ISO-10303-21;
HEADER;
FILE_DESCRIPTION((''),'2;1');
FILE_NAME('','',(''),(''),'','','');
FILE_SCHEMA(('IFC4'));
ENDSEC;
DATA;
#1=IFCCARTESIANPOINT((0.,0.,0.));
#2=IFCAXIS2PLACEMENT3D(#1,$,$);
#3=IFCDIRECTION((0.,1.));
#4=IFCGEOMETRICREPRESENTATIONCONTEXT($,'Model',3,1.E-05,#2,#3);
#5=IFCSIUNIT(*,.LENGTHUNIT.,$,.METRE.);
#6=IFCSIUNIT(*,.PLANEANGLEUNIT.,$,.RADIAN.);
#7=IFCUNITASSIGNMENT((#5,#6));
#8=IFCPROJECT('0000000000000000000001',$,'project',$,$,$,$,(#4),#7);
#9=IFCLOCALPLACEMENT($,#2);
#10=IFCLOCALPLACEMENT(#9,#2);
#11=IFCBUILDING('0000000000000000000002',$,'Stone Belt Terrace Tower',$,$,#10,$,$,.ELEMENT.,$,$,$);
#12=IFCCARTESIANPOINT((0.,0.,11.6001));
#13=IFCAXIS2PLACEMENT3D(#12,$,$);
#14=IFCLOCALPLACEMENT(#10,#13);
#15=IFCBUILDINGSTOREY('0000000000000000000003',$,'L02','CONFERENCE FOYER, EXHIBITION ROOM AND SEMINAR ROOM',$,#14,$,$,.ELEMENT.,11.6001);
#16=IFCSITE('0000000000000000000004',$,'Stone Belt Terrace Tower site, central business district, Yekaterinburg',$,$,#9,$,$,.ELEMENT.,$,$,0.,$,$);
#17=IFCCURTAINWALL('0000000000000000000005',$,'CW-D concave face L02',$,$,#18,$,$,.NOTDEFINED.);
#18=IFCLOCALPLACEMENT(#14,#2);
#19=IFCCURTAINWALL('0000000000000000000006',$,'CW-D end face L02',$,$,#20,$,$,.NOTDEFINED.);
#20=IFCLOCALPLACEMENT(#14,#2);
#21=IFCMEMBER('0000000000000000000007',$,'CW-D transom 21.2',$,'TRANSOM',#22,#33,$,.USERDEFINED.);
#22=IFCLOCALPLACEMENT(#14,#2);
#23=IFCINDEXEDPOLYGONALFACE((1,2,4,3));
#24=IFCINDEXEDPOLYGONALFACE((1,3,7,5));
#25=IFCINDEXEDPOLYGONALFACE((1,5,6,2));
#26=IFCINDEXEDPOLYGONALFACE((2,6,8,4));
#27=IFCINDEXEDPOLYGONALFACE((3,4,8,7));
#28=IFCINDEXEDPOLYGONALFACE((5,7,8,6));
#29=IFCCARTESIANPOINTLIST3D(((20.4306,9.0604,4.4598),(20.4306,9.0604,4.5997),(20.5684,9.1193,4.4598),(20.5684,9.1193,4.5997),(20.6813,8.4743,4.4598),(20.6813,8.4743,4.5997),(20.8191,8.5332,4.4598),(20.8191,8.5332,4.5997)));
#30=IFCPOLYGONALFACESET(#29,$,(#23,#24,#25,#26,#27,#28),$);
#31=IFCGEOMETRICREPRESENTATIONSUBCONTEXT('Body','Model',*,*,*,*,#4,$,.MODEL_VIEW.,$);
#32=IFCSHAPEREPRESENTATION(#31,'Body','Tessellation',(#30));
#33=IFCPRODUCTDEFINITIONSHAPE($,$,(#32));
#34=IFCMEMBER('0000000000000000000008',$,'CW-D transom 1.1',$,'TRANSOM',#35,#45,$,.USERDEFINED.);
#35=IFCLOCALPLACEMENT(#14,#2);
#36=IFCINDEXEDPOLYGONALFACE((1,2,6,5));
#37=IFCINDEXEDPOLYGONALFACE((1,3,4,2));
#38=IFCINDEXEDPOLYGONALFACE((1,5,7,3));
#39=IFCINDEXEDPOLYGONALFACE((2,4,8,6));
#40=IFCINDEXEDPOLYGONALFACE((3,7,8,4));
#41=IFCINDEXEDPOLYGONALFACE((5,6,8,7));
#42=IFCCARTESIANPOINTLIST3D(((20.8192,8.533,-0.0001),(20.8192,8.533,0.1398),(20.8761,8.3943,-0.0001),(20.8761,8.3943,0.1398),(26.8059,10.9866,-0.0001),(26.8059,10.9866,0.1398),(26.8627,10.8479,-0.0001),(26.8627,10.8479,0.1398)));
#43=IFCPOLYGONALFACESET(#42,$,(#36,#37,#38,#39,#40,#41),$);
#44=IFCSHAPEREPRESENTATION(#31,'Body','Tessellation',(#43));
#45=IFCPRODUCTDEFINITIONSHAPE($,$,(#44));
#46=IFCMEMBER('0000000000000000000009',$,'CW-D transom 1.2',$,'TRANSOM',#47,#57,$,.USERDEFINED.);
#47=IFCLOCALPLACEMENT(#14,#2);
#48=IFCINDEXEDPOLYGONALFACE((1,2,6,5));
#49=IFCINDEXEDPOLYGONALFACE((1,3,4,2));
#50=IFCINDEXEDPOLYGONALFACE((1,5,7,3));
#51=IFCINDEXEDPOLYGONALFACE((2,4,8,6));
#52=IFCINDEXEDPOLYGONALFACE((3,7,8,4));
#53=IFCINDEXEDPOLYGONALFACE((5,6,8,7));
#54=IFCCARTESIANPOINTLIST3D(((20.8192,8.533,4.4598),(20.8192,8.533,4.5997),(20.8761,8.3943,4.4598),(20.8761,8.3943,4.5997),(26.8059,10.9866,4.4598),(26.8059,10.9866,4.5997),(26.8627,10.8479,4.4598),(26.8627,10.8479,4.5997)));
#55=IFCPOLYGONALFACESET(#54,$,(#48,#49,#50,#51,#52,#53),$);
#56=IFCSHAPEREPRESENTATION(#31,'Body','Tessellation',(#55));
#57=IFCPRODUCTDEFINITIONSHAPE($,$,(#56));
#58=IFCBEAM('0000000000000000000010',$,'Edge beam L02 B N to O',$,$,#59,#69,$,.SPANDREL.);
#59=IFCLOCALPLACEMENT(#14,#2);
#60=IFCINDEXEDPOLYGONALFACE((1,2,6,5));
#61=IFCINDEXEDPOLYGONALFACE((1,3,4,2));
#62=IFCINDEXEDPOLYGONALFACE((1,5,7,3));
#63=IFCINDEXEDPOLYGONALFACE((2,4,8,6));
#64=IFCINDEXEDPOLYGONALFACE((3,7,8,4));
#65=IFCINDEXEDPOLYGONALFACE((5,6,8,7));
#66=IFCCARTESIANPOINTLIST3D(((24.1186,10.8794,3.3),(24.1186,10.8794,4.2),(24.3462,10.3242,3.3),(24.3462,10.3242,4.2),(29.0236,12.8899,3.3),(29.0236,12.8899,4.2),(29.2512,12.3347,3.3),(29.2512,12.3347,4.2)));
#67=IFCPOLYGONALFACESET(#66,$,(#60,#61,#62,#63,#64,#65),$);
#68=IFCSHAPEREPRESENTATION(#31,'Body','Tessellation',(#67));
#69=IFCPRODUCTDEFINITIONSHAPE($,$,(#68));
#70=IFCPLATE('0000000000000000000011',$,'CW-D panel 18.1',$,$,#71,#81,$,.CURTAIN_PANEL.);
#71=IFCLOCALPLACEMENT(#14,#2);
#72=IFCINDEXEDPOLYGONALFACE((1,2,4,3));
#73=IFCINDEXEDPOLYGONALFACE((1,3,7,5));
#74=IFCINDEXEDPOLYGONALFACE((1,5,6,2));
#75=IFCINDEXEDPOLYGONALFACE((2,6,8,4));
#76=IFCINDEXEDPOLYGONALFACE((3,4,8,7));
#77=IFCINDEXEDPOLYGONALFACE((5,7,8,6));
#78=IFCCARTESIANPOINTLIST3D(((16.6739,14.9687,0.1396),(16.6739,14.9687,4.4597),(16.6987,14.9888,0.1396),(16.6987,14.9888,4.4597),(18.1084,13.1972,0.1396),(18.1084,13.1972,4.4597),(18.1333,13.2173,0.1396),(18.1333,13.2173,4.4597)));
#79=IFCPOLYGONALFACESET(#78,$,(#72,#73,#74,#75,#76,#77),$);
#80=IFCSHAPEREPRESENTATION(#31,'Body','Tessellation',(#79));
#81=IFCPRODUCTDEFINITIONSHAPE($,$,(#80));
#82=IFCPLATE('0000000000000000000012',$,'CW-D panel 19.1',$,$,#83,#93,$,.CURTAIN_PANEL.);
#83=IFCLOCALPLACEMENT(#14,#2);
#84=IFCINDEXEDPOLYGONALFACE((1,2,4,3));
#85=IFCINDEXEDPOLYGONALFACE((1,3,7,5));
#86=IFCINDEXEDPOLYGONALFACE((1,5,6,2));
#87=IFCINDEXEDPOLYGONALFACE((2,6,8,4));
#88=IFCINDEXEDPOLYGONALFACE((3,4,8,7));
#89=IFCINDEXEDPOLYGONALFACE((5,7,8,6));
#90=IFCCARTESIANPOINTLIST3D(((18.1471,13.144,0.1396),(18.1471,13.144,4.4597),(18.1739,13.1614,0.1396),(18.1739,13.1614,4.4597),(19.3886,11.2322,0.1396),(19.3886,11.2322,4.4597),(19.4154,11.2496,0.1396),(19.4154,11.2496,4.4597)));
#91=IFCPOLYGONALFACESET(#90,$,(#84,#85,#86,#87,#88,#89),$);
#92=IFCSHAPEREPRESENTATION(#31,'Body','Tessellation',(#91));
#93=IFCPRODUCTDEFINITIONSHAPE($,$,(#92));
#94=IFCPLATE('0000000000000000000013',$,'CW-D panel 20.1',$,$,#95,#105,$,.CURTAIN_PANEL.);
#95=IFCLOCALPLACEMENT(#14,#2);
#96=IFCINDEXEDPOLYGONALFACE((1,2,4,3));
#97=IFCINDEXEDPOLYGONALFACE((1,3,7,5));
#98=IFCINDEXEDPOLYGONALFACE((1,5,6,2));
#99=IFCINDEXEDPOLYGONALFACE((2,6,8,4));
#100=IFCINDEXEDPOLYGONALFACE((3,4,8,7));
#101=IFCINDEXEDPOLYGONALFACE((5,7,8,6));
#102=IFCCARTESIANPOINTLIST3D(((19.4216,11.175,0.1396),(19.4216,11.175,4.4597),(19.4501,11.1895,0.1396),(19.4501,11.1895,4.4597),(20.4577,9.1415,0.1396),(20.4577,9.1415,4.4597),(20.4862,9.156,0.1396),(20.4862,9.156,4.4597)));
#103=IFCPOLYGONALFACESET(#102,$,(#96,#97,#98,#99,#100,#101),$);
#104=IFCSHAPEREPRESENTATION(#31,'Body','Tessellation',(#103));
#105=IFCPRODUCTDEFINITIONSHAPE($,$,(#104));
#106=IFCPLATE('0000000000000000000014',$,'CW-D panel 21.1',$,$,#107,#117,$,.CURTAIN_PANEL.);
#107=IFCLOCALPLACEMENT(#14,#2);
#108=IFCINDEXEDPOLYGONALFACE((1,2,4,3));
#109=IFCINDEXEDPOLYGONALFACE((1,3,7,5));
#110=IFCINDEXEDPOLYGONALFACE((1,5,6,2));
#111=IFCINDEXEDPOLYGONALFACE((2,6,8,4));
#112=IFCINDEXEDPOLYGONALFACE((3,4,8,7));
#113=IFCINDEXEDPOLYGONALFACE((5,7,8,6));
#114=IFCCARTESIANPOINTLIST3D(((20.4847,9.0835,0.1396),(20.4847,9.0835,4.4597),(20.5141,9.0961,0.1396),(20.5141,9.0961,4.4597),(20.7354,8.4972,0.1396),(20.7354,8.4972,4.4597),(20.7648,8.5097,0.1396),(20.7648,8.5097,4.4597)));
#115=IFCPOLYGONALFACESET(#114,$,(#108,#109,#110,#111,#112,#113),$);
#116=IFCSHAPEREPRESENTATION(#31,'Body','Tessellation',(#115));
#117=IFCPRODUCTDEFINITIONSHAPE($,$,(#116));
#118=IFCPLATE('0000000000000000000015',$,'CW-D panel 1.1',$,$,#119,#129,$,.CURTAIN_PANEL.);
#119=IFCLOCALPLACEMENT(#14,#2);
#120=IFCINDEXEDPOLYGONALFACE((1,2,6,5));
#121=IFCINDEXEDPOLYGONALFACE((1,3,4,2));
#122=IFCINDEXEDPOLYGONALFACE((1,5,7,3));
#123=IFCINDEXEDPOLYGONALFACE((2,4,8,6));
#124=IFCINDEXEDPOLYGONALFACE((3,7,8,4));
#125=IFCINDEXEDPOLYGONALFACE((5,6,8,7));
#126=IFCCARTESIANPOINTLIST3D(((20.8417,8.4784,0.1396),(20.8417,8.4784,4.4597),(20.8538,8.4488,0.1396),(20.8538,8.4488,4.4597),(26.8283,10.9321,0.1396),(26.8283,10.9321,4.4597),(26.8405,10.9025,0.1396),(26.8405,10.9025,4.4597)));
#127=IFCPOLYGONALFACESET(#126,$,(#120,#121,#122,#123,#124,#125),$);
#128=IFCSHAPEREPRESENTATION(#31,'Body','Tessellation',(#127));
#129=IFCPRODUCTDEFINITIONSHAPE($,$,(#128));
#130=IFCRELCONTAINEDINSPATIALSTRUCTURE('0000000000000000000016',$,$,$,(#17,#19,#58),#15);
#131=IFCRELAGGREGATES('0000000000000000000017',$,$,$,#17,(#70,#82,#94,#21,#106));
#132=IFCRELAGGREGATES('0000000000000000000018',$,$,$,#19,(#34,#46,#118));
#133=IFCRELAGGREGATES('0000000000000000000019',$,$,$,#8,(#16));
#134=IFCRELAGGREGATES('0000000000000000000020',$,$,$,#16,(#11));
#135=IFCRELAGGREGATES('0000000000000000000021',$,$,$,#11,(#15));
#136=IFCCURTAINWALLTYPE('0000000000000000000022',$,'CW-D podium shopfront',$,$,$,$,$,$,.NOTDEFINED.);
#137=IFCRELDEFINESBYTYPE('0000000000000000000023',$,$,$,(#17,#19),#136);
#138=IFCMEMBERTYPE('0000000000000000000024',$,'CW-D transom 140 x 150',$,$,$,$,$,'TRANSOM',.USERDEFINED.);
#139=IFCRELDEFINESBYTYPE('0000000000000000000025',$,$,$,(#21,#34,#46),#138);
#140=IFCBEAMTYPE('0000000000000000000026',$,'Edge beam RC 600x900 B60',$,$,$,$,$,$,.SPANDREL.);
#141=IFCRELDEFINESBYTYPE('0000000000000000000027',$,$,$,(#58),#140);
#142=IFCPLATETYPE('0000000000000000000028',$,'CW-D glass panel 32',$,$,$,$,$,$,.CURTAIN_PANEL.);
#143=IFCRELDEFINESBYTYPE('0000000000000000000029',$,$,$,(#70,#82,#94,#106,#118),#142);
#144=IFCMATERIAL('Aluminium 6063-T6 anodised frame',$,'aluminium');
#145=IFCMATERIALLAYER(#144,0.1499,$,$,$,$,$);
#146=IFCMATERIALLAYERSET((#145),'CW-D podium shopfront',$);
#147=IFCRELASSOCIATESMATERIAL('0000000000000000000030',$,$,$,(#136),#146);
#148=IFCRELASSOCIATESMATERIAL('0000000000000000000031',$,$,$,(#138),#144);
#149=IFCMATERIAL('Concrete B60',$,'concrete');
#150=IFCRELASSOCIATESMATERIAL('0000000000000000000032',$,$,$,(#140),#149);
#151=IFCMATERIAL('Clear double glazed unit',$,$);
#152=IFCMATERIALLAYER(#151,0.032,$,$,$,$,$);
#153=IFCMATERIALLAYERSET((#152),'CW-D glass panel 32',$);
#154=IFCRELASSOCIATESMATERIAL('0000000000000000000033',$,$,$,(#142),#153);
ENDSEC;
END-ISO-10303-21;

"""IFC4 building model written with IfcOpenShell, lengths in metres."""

from ifc_helpers import new_model, si_unit, direction, frame, origin, origin_2d, place, context, subcontext, project, spatial, rectangle, extrude, material, layer, layer_set, material_profile, profile_set, type_object, element, aggregate, save


model = new_model("IFC4")

# Units and contexts
model_context = context("Model", 3, precision=1e-05, world=origin(), true_north=direction((0.0, 1.0)))
body_context = subcontext(model_context, "Body", "Model", "MODEL_VIEW")
ifc_project = project(units=[si_unit("LENGTHUNIT", "METRE"), si_unit("PLANEANGLEUNIT", "RADIAN")], contexts=[model_context])

# Site, building, storey
site_placement = place(None, origin())
site = spatial("IfcSite", under=ifc_project, at=site_placement, Name="Stone Belt Terrace Tower site, central business district, Yekaterinburg", CompositionType="ELEMENT", RefElevation=0.0)
building_placement = place(site_placement, origin())
building = spatial("IfcBuilding", under=site, at=building_placement, Name="Stone Belt Terrace Tower", CompositionType="ELEMENT")
storey_placement = place(building_placement, frame((0.0, 0.0, 11.6001)))
storey = spatial("IfcBuildingStorey", under=building, at=storey_placement, Name="L02", Description="CONFERENCE FOYER, EXHIBITION ROOM AND SEMINAR ROOM", CompositionType="ELEMENT", Elevation=11.6001)

# Shared definitions
ifc_material_1 = material(Name="Concrete B60", Category="concrete")

# Curtain wall
ifc_material_2 = material(Name="Aluminium 6063-T6 anodised frame", Category="aluminium")
ifc_layer_1 = layer(ifc_material_2, 0.1499)
ifc_layer_set_1 = layer_set([ifc_layer_1], Name="CW-D podium shopfront")
curtain_wall_type = type_object("IfcCurtainWallType", Name="CW-D podium shopfront", PredefinedType="NOTDEFINED", material=ifc_layer_set_1)
curtain_wall_1_placement = place(storey_placement, origin())
curtain_wall_1 = element("IfcCurtainWall", 1, at=curtain_wall_1_placement, inside=storey, type_object=curtain_wall_type, Name="CW-D concave face L02", PredefinedType="NOTDEFINED")

# Curtain wall
curtain_wall_2_placement = place(storey_placement, origin())
curtain_wall_2 = element("IfcCurtainWall", 2, at=curtain_wall_2_placement, inside=storey, type_object=curtain_wall_type, Name="CW-D end face L02", PredefinedType="NOTDEFINED")

# Members
ifc_material_profile_1 = material_profile(ifc_material_2, rectangle(XDim=0.1499, YDim=0.1399, at=origin_2d()), Name="Aluminium 6063-T6 150x140")
ifc_profile_set_1 = profile_set([ifc_material_profile_1], Name="Aluminium 6063-T6 anodised frame")
member_type_1 = type_object("IfcMemberType", Name="CW-D transom 140 x 150", ElementType="TRANSOM", PredefinedType="USERDEFINED", material=ifc_profile_set_1)
member_1_placement = place(storey_placement, frame((20.4995, 9.0898, 4.5298), z_axis=(0.393272, -0.919422, 0.0), x_axis=(0.919422, 0.393272, 0.0)))
member_1 = element("IfcMember", 3, at=member_1_placement, type_object=member_type_1, Name="CW-D transom 21.2", ObjectType="TRANSOM", PredefinedType="USERDEFINED", context=body_context, shape_type="SweptSolid", body=[
    extrude(rectangle(XDim=0.1499, YDim=0.1399, at=origin_2d()), origin(), (0.0, 0.0, 1.0), 0.6375),
])
member_2_placement = place(storey_placement, frame((20.8477, 8.4636, 0.0698), z_axis=(0.9253, 0.379237, 0.0), x_axis=(-0.379237, 0.9253, 0.0)))
member_2 = element("IfcMember", 4, at=member_2_placement, type_object=member_type_1, Name="CW-D transom 1.1", ObjectType="TRANSOM", PredefinedType="USERDEFINED", context=body_context, shape_type="SweptSolid", body=[
    extrude(rectangle(XDim=0.1499, YDim=0.1399, at=origin_2d()), origin(), (0.0, 0.0, 1.0), 6.47),
])
member_3_placement = place(storey_placement, frame((20.8477, 8.4636, 4.5298), z_axis=(0.9253, 0.379237, 0.0), x_axis=(-0.379237, 0.9253, 0.0)))
member_3 = element("IfcMember", 5, at=member_3_placement, type_object=member_type_1, Name="CW-D transom 1.2", ObjectType="TRANSOM", PredefinedType="USERDEFINED", context=body_context, shape_type="SweptSolid", body=[
    extrude(rectangle(XDim=0.1499, YDim=0.1399, at=origin_2d()), origin(), (0.0, 0.0, 1.0), 6.47),
])

# Beam
ifc_material_profile_2 = material_profile(ifc_material_1, rectangle(XDim=0.6001, YDim=0.8999, at=origin_2d()), Name="RC 600x900")
ifc_profile_set_2 = profile_set([ifc_material_profile_2], Name="Concrete B60")
beam_type = type_object("IfcBeamType", Name="Edge beam RC 600x900 B60", PredefinedType="SPANDREL", material=ifc_profile_set_2)
beam_placement = place(storey_placement, frame((24.2324, 10.6018, 3.75), z_axis=(0.925289, 0.379262, 0.0), x_axis=(-0.379262, 0.925289, 0.0)))
element("IfcBeam", 6, at=beam_placement, inside=storey, type_object=beam_type, Name="Edge beam L02 B N to O", PredefinedType="SPANDREL", context=body_context, shape_type="SweptSolid", body=[
    extrude(rectangle(XDim=0.6001, YDim=0.8999, at=origin_2d()), origin(), (0.0, 0.0, 1.0), 5.301),
])

# Plates
ifc_material_3 = material(Name="Clear double glazed unit")
ifc_layer_2 = layer(ifc_material_3, 0.032)
ifc_layer_set_2 = layer_set([ifc_layer_2], Name="CW-D glass panel 32")
plate_type = type_object("IfcPlateType", Name="CW-D glass panel 32", PredefinedType="CURTAIN_PANEL", material=ifc_layer_set_2)
plate_1_placement = place(storey_placement, frame((17.4036, 14.093, 0.1396), z_axis=(0.0, 0.0, 1.0), x_axis=(0.62932, -0.777146, 0.0)))
plate_1 = element("IfcPlate", 7, at=plate_1_placement, type_object=plate_type, Name="CW-D panel 18.1", PredefinedType="CURTAIN_PANEL", context=body_context, shape_type="SweptSolid", body=[
    extrude(rectangle(XDim=2.2795, YDim=0.032, at=origin_2d()), origin(), (0.0, 0.0, 1.0), 4.3201),
])
plate_2_placement = place(storey_placement, frame((18.7812, 12.1968, 0.1396), z_axis=(0.0, 0.0, 1.0), x_axis=(0.544639, -0.838671, 0.0)))
plate_2 = element("IfcPlate", 8, at=plate_2_placement, type_object=plate_type, Name="CW-D panel 19.1", PredefinedType="CURTAIN_PANEL", context=body_context, shape_type="SweptSolid", body=[
    extrude(rectangle(XDim=2.2795, YDim=0.032, at=origin_2d()), origin(), (0.0, 0.0, 1.0), 4.3201),
])
plate_3_placement = place(storey_placement, frame((19.9539, 10.1655, 0.1396), z_axis=(0.0, 0.0, 1.0), x_axis=(0.45399, -0.891007, 0.0)))
plate_3 = element("IfcPlate", 9, at=plate_3_placement, type_object=plate_type, Name="CW-D panel 20.1", PredefinedType="CURTAIN_PANEL", context=body_context, shape_type="SweptSolid", body=[
    extrude(rectangle(XDim=2.2822, YDim=0.032, at=origin_2d()), origin(), (0.0, 0.0, 1.0), 4.3201),
])
plate_4_placement = place(storey_placement, frame((20.6248, 8.7966, 0.1396), z_axis=(0.0, 0.0, 1.0), x_axis=(0.393034, -0.919524, 0.0)))
plate_4 = element("IfcPlate", 10, at=plate_4_placement, type_object=plate_type, Name="CW-D panel 21.1", PredefinedType="CURTAIN_PANEL", context=body_context, shape_type="SweptSolid", body=[
    extrude(rectangle(XDim=0.6377, YDim=0.032, at=origin_2d()), origin(), (0.0, 0.0, 1.0), 4.3201),
])
aggregate(curtain_wall_1, [plate_1, plate_2, plate_3, member_1, plate_4])
plate_5_placement = place(storey_placement, frame((23.8411, 9.6904, 0.1396), z_axis=(0.0, 0.0, 1.0), x_axis=(0.925297, 0.379243, 0.0)))
plate_5 = element("IfcPlate", 11, at=plate_5_placement, type_object=plate_type, Name="CW-D panel 1.1", PredefinedType="CURTAIN_PANEL", context=body_context, shape_type="SweptSolid", body=[
    extrude(rectangle(XDim=6.47, YDim=0.032, at=origin_2d()), origin(), (0.0, 0.0, 1.0), 4.3201),
])
aggregate(curtain_wall_2, [member_2, member_3, plate_5])

save(model, "model.ifc")
